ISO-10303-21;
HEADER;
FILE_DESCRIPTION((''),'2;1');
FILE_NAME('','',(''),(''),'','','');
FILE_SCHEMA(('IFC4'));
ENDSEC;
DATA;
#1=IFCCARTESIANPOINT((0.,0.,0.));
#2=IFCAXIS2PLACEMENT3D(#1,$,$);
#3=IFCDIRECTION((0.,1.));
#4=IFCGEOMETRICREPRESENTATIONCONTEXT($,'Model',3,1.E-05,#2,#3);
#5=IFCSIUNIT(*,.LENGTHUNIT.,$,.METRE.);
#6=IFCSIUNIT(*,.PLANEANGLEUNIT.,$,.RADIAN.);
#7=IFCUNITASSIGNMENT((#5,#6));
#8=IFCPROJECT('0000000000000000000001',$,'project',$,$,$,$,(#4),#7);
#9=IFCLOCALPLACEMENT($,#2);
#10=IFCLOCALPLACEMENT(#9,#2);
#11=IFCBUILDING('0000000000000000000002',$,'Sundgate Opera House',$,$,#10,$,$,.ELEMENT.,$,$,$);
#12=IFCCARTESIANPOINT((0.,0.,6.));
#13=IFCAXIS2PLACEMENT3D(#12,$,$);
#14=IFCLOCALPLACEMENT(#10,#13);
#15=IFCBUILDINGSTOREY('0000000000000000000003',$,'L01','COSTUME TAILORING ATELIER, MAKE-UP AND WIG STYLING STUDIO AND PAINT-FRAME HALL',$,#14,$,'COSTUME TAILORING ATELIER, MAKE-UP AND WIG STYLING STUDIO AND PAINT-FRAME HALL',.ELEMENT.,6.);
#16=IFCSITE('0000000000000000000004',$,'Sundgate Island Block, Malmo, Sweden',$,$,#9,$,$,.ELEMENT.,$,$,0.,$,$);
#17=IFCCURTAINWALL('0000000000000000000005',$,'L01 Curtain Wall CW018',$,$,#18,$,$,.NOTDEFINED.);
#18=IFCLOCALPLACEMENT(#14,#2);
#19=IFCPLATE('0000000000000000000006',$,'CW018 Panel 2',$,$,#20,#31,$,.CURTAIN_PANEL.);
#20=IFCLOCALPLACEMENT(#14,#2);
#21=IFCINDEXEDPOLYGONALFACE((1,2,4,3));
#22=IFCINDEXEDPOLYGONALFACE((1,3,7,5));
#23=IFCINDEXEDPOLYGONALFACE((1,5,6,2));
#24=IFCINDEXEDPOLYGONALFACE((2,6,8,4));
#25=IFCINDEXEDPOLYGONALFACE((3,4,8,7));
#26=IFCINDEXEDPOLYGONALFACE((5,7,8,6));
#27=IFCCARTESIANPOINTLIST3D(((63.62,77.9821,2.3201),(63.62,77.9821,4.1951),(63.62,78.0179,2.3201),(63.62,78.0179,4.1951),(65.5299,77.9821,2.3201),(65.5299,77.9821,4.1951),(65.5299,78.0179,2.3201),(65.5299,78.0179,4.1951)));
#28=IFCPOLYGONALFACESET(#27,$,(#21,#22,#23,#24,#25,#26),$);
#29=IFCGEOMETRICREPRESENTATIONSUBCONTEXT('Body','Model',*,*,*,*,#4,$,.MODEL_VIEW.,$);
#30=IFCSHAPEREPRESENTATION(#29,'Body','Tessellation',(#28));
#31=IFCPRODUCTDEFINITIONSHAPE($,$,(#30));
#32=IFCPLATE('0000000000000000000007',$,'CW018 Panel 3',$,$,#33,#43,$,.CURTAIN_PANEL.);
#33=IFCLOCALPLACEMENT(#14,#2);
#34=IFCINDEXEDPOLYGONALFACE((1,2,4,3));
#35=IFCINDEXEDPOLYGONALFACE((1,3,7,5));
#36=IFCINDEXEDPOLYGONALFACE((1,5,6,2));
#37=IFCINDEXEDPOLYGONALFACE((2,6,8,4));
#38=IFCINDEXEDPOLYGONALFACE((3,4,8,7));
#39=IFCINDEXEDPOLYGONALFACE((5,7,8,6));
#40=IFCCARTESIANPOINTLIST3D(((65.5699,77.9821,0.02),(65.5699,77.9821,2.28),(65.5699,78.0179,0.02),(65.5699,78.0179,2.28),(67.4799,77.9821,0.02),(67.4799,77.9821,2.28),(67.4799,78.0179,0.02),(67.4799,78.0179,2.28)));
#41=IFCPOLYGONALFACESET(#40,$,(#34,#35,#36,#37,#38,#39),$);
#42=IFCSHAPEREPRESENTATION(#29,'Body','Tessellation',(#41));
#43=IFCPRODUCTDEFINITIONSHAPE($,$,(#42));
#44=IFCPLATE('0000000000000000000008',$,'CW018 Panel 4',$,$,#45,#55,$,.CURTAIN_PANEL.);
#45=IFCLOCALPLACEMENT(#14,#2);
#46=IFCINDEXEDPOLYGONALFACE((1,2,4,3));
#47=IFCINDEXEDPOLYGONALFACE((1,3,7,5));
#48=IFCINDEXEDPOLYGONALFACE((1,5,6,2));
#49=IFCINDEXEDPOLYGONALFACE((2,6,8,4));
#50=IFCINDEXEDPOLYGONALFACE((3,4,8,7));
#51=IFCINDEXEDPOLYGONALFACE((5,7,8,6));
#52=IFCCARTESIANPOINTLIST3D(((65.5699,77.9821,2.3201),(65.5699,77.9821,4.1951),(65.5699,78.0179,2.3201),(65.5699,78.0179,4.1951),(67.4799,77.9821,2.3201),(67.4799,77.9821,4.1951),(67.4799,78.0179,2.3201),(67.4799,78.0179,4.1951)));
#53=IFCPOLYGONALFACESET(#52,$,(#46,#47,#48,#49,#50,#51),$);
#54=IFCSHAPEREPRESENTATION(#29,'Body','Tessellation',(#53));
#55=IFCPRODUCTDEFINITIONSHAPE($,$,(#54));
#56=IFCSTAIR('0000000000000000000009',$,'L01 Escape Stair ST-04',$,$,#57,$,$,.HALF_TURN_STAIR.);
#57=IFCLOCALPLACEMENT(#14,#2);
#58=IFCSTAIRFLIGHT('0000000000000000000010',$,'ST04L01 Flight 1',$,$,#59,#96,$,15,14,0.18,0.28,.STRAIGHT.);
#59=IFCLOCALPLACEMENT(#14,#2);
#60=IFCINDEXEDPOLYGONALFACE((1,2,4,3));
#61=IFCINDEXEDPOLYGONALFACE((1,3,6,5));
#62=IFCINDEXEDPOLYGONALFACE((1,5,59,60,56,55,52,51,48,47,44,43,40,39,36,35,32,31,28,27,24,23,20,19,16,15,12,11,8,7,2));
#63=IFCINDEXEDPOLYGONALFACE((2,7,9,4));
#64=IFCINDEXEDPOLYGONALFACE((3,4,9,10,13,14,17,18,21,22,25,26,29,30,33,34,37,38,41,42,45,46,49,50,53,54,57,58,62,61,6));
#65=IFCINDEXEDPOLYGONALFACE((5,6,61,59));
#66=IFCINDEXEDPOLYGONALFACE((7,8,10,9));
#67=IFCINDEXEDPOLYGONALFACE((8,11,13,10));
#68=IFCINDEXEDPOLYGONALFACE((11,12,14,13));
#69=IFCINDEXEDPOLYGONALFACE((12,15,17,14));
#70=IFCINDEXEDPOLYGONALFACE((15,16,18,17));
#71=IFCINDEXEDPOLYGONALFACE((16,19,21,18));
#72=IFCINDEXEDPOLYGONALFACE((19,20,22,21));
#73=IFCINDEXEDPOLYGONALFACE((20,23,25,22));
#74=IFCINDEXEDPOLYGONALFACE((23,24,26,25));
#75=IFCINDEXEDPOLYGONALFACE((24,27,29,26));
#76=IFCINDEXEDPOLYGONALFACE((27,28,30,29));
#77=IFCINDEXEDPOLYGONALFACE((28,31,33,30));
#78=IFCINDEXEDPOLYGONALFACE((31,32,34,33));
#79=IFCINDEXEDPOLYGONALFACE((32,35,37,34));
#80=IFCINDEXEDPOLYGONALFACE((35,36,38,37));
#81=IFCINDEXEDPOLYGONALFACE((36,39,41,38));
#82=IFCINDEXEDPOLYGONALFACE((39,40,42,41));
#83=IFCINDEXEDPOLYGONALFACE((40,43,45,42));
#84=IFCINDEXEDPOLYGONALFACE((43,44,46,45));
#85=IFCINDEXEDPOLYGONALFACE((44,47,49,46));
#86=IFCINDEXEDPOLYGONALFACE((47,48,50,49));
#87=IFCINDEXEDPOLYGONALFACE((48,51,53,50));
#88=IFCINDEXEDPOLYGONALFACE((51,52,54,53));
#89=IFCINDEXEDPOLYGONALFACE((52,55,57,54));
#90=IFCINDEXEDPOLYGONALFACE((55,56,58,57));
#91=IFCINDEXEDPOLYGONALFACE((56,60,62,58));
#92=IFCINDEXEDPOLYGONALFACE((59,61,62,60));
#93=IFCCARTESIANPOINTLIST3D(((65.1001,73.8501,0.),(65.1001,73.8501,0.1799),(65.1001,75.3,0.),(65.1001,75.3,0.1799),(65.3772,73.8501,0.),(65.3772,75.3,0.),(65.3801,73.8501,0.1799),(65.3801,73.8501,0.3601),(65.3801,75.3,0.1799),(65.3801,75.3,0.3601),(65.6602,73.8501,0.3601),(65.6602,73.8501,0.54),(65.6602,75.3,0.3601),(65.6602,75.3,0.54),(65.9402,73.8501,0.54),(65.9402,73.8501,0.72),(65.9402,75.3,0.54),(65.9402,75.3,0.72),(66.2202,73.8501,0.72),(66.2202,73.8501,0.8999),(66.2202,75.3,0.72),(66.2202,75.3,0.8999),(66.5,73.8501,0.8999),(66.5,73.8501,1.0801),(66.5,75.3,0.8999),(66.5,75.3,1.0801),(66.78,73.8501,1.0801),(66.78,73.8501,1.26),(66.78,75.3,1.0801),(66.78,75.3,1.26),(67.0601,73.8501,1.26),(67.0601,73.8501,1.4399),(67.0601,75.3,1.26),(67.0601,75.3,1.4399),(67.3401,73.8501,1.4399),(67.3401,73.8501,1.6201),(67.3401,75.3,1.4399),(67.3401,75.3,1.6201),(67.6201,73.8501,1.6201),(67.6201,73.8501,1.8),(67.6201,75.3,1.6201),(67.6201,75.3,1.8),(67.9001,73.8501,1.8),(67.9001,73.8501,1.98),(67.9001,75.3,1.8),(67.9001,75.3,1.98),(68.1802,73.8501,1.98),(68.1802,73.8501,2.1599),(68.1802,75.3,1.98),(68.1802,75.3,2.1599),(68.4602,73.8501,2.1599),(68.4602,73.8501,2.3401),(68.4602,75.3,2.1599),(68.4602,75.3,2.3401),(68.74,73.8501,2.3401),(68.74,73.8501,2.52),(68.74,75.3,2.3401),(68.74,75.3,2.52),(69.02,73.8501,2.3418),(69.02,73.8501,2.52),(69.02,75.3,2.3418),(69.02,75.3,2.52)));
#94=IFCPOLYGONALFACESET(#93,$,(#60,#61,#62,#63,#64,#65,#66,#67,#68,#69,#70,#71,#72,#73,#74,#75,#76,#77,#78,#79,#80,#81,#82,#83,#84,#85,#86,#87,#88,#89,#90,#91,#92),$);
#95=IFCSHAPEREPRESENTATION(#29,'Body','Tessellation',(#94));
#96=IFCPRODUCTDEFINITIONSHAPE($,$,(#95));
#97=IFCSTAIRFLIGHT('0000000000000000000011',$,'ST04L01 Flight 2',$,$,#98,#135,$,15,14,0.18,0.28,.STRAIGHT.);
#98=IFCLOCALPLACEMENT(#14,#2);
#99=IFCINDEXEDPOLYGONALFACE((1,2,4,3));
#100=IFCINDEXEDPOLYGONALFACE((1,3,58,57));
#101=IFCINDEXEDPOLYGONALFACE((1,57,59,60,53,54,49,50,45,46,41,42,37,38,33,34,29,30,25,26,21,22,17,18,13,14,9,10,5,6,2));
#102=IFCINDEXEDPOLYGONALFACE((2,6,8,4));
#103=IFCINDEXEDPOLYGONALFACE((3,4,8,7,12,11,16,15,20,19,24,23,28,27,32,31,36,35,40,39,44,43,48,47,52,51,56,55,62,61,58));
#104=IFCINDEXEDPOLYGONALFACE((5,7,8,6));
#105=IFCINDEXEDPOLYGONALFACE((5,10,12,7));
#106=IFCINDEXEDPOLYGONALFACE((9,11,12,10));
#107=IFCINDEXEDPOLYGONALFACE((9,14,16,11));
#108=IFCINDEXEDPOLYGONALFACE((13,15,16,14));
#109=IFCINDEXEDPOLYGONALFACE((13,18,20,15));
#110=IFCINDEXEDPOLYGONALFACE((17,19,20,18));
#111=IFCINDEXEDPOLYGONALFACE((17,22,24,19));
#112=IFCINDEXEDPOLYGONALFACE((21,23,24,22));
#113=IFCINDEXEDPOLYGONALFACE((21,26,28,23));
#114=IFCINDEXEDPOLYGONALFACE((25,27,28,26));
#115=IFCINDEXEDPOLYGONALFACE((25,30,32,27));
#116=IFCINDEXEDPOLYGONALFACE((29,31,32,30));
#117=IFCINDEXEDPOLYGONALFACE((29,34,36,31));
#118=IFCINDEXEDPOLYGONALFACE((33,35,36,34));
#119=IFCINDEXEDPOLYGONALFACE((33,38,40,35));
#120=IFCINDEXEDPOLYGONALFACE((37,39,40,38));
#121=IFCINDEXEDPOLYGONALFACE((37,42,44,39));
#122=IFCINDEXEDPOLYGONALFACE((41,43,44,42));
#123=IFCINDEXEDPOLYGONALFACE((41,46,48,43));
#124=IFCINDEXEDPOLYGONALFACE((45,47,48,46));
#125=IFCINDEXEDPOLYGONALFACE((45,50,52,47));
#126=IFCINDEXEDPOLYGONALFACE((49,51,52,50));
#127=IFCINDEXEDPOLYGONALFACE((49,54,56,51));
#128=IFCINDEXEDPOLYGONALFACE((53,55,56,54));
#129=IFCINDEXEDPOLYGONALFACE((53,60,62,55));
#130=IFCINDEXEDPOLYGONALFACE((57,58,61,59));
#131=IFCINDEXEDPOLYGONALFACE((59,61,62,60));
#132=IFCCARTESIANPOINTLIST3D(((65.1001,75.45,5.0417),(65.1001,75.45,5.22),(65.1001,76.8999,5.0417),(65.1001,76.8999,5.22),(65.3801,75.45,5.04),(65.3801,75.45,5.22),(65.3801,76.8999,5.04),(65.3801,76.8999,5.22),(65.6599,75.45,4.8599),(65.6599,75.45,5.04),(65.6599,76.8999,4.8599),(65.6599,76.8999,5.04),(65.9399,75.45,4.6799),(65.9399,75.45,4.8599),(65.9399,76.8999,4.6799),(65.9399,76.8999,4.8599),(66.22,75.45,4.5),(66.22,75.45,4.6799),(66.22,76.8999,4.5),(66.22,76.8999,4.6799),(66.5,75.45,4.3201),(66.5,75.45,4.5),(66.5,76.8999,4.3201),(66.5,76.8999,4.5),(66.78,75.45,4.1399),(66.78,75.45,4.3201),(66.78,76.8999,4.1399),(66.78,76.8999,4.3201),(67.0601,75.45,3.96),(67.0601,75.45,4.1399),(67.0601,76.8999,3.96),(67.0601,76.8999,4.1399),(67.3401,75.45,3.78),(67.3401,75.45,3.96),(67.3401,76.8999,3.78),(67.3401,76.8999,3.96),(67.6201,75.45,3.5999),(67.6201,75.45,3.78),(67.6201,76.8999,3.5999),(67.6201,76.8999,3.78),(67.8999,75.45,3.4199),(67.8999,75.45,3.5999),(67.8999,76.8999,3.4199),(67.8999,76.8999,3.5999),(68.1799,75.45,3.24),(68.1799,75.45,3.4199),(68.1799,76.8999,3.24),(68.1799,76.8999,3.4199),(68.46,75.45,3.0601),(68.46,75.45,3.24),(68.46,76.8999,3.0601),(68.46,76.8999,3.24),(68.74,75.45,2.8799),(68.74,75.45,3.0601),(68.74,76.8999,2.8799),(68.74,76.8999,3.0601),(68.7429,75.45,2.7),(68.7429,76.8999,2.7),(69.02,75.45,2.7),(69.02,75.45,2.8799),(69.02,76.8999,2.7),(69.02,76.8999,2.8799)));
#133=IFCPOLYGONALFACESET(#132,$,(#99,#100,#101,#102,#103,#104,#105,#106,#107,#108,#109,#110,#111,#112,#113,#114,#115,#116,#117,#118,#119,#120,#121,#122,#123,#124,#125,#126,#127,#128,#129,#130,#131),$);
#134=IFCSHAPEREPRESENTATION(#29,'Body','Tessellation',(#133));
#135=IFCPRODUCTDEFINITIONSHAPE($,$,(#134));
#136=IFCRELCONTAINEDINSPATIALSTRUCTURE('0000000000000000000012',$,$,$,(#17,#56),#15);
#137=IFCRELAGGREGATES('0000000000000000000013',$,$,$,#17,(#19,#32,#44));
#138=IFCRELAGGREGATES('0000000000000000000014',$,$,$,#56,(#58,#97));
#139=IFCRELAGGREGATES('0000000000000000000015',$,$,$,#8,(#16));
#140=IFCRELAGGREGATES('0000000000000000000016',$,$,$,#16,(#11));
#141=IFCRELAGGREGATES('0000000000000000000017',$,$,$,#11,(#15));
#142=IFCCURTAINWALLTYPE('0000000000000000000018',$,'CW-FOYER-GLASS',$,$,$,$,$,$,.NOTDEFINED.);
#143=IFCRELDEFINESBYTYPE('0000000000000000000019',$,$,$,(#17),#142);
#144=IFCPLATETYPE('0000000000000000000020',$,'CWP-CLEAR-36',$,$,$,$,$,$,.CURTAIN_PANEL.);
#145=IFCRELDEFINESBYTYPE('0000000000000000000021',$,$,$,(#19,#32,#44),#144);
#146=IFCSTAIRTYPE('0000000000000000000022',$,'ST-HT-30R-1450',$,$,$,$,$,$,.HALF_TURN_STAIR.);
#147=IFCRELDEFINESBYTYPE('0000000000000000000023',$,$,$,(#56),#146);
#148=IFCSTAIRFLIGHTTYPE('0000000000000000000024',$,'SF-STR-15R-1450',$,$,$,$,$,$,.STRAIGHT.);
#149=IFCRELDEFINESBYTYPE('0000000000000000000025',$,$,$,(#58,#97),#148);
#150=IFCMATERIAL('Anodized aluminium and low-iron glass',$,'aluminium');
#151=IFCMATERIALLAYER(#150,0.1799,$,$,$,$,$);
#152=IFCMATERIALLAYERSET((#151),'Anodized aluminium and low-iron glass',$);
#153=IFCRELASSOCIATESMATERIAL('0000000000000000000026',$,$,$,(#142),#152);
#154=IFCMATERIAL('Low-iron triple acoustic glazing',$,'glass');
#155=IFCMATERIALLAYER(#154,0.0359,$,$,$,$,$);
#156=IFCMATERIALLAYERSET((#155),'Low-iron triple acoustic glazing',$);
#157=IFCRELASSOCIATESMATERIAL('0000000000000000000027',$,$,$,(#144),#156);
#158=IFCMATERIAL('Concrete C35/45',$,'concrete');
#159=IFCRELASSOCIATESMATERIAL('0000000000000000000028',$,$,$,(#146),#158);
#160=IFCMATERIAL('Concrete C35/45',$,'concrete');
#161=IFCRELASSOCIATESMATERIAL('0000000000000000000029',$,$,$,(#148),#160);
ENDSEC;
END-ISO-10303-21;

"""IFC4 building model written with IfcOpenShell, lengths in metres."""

from ifc_helpers import new_model, si_unit, direction, frame, origin, origin_2d, place, context, subcontext, project, spatial, polyline, rectangle, outline, extrude, material, layer, layer_set, type_object, element, aggregate, save


model = new_model("IFC4")

# Units and contexts
model_context = context("Model", 3, precision=1e-05, world=origin(), true_north=direction((0.0, 1.0)))
body_context = subcontext(model_context, "Body", "Model", "MODEL_VIEW")
ifc_project = project(units=[si_unit("LENGTHUNIT", "METRE"), si_unit("PLANEANGLEUNIT", "RADIAN")], contexts=[model_context])

# Site, building, storey
site_placement = place(None, origin())
site = spatial("IfcSite", under=ifc_project, at=site_placement, Name="Sundgate Island Block, Malmo, Sweden", CompositionType="ELEMENT", RefElevation=0.0)
building_placement = place(site_placement, origin())
building = spatial("IfcBuilding", under=site, at=building_placement, Name="Sundgate Opera House", CompositionType="ELEMENT")
storey_placement = place(building_placement, frame((0.0, 0.0, 6.0)))
storey = spatial("IfcBuildingStorey", under=building, at=storey_placement, Name="L01", Description="COSTUME TAILORING ATELIER, MAKE-UP AND WIG STYLING STUDIO AND PAINT-FRAME HALL", LongName="COSTUME TAILORING ATELIER, MAKE-UP AND WIG STYLING STUDIO AND PAINT-FRAME HALL", CompositionType="ELEMENT", Elevation=6.0)

# Curtain wall, plates
ifc_material_1 = material(Name="Anodized aluminium and low-iron glass", Category="aluminium")
ifc_layer_1 = layer(ifc_material_1, 0.1799)
ifc_layer_set_1 = layer_set([ifc_layer_1], Name="Anodized aluminium and low-iron glass")
curtain_wall_type = type_object("IfcCurtainWallType", Name="CW-FOYER-GLASS", PredefinedType="NOTDEFINED", material=ifc_layer_set_1)
curtain_wall_placement = place(storey_placement, origin())
curtain_wall = element("IfcCurtainWall", 1, at=curtain_wall_placement, inside=storey, type_object=curtain_wall_type, Name="L01 Curtain Wall CW018", PredefinedType="NOTDEFINED")
ifc_material_2 = material(Name="Low-iron triple acoustic glazing", Category="glass")
ifc_layer_2 = layer(ifc_material_2, 0.0359)
ifc_layer_set_2 = layer_set([ifc_layer_2], Name="Low-iron triple acoustic glazing")
plate_type = type_object("IfcPlateType", Name="CWP-CLEAR-36", PredefinedType="CURTAIN_PANEL", material=ifc_layer_set_2)
plate_1_placement = place(storey_placement, frame((64.575, 78.0, 2.3201), z_axis=(0.0, 0.0, 1.0), x_axis=(1.0, 0.0, 0.0)))
plate_1 = element("IfcPlate", 2, at=plate_1_placement, type_object=plate_type, Name="CW018 Panel 2", PredefinedType="CURTAIN_PANEL", context=body_context, shape_type="SweptSolid", body=[
    extrude(rectangle(XDim=1.9099, YDim=0.0359, at=origin_2d()), origin(), (0.0, 0.0, 1.0), 1.875),
])
plate_2_placement = place(storey_placement, frame((66.5249, 78.0, 0.02), z_axis=(0.0, 0.0, 1.0), x_axis=(1.0, 0.0, 0.0)))
plate_2 = element("IfcPlate", 3, at=plate_2_placement, type_object=plate_type, Name="CW018 Panel 3", PredefinedType="CURTAIN_PANEL", context=body_context, shape_type="SweptSolid", body=[
    extrude(rectangle(XDim=1.9099, YDim=0.0359, at=origin_2d()), origin(), (0.0, 0.0, 1.0), 2.26),
])
plate_3_placement = place(storey_placement, frame((66.5249, 78.0, 2.3201), z_axis=(0.0, 0.0, 1.0), x_axis=(1.0, 0.0, 0.0)))
plate_3 = element("IfcPlate", 4, at=plate_3_placement, type_object=plate_type, Name="CW018 Panel 4", PredefinedType="CURTAIN_PANEL", context=body_context, shape_type="SweptSolid", body=[
    extrude(rectangle(XDim=1.9099, YDim=0.0359, at=origin_2d()), origin(), (0.0, 0.0, 1.0), 1.875),
])
aggregate(curtain_wall, [plate_1, plate_2, plate_3])

# Stair, stair flights
ifc_material_3 = material(Name="Concrete C35/45", Category="concrete")
stair_type = type_object("IfcStairType", Name="ST-HT-30R-1450", PredefinedType="HALF_TURN_STAIR", material=ifc_material_3)
stair_placement = place(storey_placement, origin())
stair = element("IfcStair", 5, at=stair_placement, inside=storey, type_object=stair_type, Name="L01 Escape Stair ST-04", PredefinedType="HALF_TURN_STAIR")
ifc_material_4 = material(Name="Concrete C35/45", Category="concrete")
stair_flight_type = type_object("IfcStairFlightType", Name="SF-STR-15R-1450", PredefinedType="STRAIGHT", material=ifc_material_4)
stair_flight_1_placement = place(storey_placement, frame((65.1001, 74.575, 0.0), z_axis=(0.0, 0.0, 1.0), x_axis=(1.0, 0.0, 0.0)))
stair_flight_1 = element("IfcStairFlight", 6, at=stair_flight_1_placement, type_object=stair_flight_type, Name="ST04L01 Flight 1", NumberOfRisers=15, NumberOfTreads=14, PredefinedType="STRAIGHT", RiserHeight=0.18, TreadLength=0.28, context=body_context, shape_type="SweptSolid", body=[
    extrude(outline(polyline([(0.0, 0.0), (0.0, 0.1799), (0.28, 0.1799), (0.28, 0.3601), (0.5601, 0.3601), (0.5601, 0.54), (0.8401, 0.54), (0.8401, 0.72), (1.1201, 0.72), (1.1201, 0.8999), (1.3999, 0.8999), (1.3999, 1.0801), (1.6799, 1.0801), (1.6799, 1.26), (1.96, 1.26), (1.96, 1.4399), (2.24, 1.4399), (2.24, 1.6201), (2.52, 1.6201), (2.52, 1.8), (2.8, 1.8), (2.8, 1.98), (3.0801, 1.98), (3.0801, 2.1599), (3.3601, 2.1599), (3.3601, 2.3401), (3.6399, 2.3401), (3.6399, 2.52), (3.9199, 2.52), (3.9199, 2.7), (3.9199, 2.3418), (0.2771, 0.0), (0.0, 0.0)])), frame((0.0, 0.7251, 0.0), z_axis=(0.0, -1.0, 0.0), x_axis=(1.0, 0.0, 0.0)), (0.0, 0.0, 1.0), 1.45),
])
stair_flight_2_placement = place(storey_placement, frame((69.02, 76.175, 2.7), z_axis=(0.0, 0.0, 1.0), x_axis=(-1.0, 0.0, 0.0)))
stair_flight_2 = element("IfcStairFlight", 7, at=stair_flight_2_placement, type_object=stair_flight_type, Name="ST04L01 Flight 2", NumberOfRisers=15, NumberOfTreads=14, PredefinedType="STRAIGHT", RiserHeight=0.18, TreadLength=0.28, context=body_context, shape_type="SweptSolid", body=[
    extrude(outline(polyline([(0.0, 0.0), (0.0, 0.1799), (0.28, 0.1799), (0.28, 0.3601), (0.5601, 0.3601), (0.5601, 0.54), (0.8401, 0.54), (0.8401, 0.72), (1.1201, 0.72), (1.1201, 0.8999), (1.3999, 0.8999), (1.3999, 1.0801), (1.6799, 1.0801), (1.6799, 1.26), (1.96, 1.26), (1.96, 1.4399), (2.24, 1.4399), (2.24, 1.6201), (2.52, 1.6201), (2.52, 1.8), (2.8, 1.8), (2.8, 1.98), (3.0801, 1.98), (3.0801, 2.1599), (3.3601, 2.1599), (3.3601, 2.3401), (3.6399, 2.3401), (3.6399, 2.52), (3.9199, 2.52), (3.9199, 2.7), (3.9199, 2.3418), (0.2771, 0.0), (0.0, 0.0)])), frame((0.0, 0.7251, 0.0), z_axis=(0.0, -1.0, 0.0), x_axis=(1.0, 0.0, 0.0)), (0.0, 0.0, 1.0), 1.45),
])
aggregate(stair, [stair_flight_1, stair_flight_2])

save(model, "model.ifc")
